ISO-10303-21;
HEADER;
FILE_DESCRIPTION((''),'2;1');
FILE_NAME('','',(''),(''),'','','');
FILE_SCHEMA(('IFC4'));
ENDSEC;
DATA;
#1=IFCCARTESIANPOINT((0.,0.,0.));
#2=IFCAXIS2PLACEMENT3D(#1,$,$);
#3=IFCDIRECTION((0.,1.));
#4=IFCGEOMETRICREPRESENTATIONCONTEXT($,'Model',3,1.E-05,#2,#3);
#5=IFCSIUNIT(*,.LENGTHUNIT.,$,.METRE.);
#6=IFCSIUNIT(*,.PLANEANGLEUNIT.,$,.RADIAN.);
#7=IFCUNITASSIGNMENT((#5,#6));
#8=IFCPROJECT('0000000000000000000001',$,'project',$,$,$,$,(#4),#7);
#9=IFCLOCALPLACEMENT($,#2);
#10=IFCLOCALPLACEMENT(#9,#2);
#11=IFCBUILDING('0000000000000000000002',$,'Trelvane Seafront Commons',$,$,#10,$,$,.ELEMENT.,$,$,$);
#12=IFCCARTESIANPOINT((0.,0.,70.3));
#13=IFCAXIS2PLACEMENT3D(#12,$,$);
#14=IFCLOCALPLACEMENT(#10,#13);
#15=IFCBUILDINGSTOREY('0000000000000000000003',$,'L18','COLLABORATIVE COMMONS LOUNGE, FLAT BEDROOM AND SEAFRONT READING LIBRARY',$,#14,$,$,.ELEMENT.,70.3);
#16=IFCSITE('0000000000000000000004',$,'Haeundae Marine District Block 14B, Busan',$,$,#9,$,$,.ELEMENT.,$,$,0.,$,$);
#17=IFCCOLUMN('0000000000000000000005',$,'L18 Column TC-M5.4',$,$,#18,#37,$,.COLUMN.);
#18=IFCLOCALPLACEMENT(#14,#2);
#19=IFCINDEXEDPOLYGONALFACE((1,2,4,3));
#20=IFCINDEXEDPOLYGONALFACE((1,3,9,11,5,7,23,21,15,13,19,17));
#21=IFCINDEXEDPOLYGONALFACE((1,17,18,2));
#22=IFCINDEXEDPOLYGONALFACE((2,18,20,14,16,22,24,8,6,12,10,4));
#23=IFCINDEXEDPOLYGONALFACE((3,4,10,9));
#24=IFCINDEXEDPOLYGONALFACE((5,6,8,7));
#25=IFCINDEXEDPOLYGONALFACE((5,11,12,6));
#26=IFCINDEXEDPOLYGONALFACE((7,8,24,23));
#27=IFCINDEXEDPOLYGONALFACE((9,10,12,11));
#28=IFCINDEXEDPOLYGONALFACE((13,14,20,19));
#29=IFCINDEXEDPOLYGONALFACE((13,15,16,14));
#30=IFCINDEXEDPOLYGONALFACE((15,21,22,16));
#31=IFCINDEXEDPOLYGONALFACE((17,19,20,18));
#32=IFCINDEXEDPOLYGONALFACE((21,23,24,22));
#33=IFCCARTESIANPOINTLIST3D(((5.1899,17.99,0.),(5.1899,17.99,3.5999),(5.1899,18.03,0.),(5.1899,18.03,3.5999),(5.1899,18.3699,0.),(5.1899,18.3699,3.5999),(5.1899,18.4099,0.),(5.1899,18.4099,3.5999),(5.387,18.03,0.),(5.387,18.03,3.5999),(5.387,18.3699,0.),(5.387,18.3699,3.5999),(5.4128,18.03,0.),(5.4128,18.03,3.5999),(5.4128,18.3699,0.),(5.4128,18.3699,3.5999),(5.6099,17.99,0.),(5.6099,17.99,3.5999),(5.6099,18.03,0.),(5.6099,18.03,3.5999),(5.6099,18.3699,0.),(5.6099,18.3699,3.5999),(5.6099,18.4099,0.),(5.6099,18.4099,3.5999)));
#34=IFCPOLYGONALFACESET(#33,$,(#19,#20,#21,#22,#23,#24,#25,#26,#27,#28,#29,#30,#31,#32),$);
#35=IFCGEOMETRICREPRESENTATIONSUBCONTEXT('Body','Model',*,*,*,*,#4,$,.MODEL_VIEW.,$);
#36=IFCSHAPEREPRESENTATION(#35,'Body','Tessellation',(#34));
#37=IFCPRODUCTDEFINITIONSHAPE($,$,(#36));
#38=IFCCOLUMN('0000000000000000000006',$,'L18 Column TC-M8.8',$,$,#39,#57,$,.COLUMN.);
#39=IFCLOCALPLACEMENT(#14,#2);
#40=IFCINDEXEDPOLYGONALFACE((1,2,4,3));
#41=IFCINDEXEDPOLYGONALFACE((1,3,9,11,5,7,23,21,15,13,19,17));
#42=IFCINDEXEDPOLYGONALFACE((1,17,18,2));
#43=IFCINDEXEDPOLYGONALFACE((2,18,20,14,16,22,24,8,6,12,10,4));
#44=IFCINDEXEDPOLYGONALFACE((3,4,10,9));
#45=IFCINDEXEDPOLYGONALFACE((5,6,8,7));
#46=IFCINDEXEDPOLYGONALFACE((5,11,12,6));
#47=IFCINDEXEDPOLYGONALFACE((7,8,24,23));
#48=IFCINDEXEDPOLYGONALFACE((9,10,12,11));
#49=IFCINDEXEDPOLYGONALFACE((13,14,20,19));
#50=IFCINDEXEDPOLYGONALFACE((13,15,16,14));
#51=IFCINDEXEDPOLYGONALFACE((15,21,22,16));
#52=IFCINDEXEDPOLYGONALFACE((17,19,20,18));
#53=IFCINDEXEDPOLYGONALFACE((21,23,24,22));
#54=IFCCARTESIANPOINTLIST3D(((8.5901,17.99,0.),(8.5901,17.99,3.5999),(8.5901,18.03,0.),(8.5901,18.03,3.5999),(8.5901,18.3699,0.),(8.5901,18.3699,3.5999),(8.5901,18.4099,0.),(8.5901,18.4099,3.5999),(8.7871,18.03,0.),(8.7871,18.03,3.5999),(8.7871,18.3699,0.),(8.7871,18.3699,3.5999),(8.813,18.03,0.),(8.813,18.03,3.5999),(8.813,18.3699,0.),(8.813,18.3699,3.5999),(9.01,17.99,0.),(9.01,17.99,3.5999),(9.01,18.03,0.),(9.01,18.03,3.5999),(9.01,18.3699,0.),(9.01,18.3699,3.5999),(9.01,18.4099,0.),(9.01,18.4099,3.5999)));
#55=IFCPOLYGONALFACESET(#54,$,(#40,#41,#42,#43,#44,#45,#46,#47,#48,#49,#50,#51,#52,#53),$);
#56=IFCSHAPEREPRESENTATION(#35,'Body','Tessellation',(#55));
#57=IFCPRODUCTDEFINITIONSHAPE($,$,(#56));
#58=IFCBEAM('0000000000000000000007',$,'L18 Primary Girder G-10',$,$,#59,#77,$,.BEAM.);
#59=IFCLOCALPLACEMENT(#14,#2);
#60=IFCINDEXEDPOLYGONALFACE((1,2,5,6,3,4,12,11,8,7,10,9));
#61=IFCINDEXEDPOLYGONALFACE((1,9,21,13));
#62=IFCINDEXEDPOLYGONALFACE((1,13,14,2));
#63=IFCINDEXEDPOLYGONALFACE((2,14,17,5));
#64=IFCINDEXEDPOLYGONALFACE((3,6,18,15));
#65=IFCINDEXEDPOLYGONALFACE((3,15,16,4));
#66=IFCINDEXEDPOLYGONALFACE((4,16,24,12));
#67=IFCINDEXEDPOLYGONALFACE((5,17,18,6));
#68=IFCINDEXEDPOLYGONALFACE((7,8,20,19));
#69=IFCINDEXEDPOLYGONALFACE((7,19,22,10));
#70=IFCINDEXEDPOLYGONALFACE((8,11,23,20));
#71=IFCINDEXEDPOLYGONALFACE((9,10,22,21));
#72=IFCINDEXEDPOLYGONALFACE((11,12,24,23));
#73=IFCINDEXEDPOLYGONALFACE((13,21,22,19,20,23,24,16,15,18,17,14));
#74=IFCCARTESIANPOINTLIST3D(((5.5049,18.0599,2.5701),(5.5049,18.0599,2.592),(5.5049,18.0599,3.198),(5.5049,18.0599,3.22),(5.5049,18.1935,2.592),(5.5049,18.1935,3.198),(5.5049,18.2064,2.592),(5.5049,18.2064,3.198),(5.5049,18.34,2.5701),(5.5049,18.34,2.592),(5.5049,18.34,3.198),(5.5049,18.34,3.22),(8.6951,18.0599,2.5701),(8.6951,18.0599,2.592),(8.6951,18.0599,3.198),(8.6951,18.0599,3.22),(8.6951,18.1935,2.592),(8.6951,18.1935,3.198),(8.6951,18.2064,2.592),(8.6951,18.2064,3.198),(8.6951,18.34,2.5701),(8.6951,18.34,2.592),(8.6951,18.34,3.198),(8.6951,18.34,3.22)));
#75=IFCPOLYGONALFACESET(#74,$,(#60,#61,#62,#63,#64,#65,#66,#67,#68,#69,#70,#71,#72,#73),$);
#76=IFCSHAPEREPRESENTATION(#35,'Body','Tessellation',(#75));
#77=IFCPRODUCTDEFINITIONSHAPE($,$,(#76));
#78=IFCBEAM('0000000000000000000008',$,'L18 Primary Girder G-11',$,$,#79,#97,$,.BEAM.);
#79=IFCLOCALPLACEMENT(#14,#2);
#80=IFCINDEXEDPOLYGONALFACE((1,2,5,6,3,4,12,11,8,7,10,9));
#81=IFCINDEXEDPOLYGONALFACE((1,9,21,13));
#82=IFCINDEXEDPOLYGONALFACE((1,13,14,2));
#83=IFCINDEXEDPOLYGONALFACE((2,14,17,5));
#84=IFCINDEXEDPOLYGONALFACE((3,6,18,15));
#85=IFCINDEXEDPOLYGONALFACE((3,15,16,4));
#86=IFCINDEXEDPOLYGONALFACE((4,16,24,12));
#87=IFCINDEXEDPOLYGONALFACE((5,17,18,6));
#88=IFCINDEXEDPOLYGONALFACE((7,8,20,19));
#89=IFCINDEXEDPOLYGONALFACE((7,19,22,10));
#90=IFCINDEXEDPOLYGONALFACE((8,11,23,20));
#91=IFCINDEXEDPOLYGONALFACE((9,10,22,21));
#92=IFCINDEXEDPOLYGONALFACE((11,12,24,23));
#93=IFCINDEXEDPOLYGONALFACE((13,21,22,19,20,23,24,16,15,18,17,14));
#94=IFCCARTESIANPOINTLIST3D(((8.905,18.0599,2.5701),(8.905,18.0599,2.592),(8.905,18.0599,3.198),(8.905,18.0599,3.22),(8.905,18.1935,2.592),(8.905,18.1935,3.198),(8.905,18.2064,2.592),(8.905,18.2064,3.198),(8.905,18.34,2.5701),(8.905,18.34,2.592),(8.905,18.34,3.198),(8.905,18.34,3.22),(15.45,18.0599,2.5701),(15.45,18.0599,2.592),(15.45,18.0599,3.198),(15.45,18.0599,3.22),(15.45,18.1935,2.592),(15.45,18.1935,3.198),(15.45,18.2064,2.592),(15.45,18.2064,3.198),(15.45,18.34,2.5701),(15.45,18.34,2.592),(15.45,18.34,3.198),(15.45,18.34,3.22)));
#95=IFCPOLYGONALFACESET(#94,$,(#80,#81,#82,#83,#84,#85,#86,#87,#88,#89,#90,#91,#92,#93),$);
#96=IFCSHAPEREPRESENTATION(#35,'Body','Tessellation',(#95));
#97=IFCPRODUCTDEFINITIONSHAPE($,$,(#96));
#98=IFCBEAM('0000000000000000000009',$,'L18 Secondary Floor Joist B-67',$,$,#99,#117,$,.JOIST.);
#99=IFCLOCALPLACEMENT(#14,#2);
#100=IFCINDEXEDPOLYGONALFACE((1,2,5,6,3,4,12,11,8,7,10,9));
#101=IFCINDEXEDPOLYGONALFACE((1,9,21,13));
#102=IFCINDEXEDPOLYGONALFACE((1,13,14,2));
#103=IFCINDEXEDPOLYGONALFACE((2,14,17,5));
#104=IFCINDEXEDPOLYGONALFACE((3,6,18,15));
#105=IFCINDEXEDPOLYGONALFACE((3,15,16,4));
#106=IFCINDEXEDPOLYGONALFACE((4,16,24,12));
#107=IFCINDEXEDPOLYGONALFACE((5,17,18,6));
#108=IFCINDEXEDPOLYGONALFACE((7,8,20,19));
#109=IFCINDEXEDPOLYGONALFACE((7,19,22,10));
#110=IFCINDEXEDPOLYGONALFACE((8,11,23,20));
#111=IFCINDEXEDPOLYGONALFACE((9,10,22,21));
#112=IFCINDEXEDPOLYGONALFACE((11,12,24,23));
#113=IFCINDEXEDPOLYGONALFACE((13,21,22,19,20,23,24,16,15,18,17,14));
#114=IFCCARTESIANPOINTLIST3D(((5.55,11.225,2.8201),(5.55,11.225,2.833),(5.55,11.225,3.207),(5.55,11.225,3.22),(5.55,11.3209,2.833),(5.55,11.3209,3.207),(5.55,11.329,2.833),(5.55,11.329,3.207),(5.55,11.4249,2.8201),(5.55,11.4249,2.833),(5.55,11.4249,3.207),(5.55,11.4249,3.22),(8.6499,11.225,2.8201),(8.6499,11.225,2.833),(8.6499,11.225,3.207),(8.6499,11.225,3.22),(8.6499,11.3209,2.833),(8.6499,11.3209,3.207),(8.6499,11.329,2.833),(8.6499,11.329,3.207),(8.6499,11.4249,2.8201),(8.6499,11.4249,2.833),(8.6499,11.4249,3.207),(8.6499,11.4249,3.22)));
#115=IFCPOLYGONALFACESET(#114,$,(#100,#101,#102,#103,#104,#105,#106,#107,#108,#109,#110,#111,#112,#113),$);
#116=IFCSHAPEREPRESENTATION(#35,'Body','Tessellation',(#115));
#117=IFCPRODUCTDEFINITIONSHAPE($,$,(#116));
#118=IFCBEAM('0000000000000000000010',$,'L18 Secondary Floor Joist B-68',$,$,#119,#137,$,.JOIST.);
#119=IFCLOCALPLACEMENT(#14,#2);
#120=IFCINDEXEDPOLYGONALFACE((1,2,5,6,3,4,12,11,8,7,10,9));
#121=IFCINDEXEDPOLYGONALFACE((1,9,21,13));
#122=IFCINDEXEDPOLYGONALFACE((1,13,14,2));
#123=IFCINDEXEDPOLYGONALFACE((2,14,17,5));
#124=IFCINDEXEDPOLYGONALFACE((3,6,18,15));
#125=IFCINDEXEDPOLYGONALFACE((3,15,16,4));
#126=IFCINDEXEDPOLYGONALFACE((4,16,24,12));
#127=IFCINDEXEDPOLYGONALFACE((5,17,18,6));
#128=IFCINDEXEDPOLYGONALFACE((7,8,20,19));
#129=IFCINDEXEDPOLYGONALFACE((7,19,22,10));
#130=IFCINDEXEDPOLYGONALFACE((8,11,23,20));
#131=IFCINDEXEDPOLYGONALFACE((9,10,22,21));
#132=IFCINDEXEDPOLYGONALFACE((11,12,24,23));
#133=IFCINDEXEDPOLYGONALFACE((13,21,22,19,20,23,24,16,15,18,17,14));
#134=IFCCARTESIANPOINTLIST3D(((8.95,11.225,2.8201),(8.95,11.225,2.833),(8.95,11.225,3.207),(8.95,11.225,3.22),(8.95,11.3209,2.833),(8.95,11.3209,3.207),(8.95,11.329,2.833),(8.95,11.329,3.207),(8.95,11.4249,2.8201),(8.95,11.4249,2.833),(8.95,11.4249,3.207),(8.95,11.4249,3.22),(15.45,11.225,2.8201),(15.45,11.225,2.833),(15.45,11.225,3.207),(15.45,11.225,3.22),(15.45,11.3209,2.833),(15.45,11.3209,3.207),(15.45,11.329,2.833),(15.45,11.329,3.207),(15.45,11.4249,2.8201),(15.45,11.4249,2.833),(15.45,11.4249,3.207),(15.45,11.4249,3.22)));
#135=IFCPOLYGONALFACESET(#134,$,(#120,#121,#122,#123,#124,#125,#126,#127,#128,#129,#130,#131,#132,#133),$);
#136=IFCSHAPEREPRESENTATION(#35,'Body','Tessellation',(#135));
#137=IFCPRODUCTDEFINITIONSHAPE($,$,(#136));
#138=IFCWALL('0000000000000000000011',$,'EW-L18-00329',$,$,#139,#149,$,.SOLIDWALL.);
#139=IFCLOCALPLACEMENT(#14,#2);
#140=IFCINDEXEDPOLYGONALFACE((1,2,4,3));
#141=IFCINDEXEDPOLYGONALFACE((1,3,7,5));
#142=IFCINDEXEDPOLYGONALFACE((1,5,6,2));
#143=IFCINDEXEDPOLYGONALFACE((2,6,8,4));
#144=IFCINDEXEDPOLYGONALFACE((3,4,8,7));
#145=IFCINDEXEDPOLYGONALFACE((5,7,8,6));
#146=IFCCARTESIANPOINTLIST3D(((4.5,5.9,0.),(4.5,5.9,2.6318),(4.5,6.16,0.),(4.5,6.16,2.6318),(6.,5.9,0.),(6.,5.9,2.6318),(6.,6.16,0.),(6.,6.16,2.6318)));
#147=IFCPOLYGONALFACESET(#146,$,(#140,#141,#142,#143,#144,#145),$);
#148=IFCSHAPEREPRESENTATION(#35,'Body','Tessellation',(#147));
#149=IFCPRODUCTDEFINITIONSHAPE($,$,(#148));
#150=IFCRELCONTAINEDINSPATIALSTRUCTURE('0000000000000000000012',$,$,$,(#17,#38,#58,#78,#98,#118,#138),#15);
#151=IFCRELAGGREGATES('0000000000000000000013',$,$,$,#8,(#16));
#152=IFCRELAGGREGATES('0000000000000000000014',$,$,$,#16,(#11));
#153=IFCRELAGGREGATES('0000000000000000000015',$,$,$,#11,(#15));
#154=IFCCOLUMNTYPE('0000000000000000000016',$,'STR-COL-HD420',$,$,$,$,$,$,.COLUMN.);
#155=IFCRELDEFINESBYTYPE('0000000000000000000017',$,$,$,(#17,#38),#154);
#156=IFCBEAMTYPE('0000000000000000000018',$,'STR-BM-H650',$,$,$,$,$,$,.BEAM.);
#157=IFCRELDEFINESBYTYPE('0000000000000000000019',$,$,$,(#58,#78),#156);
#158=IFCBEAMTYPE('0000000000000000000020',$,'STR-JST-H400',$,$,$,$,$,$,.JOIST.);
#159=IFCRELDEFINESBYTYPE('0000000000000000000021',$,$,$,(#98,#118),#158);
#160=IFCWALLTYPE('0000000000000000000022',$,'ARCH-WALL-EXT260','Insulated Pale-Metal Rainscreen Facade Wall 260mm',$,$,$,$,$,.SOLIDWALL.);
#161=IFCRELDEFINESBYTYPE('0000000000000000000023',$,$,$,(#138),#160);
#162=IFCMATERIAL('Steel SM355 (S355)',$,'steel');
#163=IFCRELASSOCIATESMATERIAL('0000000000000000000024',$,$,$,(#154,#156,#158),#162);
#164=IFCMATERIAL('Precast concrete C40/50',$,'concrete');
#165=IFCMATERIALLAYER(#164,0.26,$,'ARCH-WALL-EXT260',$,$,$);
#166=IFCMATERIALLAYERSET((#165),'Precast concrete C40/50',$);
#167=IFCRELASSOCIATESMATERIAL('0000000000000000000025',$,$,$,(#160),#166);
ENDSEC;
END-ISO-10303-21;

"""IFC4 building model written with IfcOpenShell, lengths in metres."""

from ifc_helpers import new_model, si_unit, direction, frame, frame_2d, origin, origin_2d, place, context, subcontext, project, spatial, rectangle, i_section, extrude, source, transform, mapped, material, layer, layer_set, material_profile, profile_set, type_object, element, save


model = new_model("IFC4")

# Units and contexts
model_context = context("Model", 3, precision=1e-05, world=origin(), true_north=direction((0.0, 1.0)))
body_context = subcontext(model_context, "Body", "Model", "MODEL_VIEW")
ifc_project = project(units=[si_unit("LENGTHUNIT", "METRE"), si_unit("PLANEANGLEUNIT", "RADIAN")], contexts=[model_context])

# Site, building, storey
site_placement = place(None, origin())
site = spatial("IfcSite", under=ifc_project, at=site_placement, Name="Haeundae Marine District Block 14B, Busan", CompositionType="ELEMENT", RefElevation=0.0)
building_placement = place(site_placement, origin())
building = spatial("IfcBuilding", under=site, at=building_placement, Name="Trelvane Seafront Commons", CompositionType="ELEMENT")
storey_placement = place(building_placement, frame((0.0, 0.0, 70.3)))
storey = spatial("IfcBuildingStorey", under=building, at=storey_placement, Name="L18", Description="COLLABORATIVE COMMONS LOUNGE, FLAT BEDROOM AND SEAFRONT READING LIBRARY", CompositionType="ELEMENT", Elevation=70.3)

# Columns
ifc_material_1 = material(Name="Steel SM355 (S355)", Category="steel")
ifc_material_profile_1 = material_profile(ifc_material_1, i_section(OverallWidth=0.4199, OverallDepth=0.4199, WebThickness=0.0259, FlangeThickness=0.04, at=origin_2d()), Name="HD-420x420x26x40")
ifc_profile_set_1 = profile_set([ifc_material_profile_1], Name="Steel SM355 (S355)")
column_type = type_object("IfcColumnType", Name="STR-COL-HD420", PredefinedType="COLUMN", material=ifc_profile_set_1)
shared_shape_1 = source(origin(), body_context, "Body", "SweptSolid", [
    extrude(i_section(OverallWidth=0.4199, OverallDepth=0.4199, WebThickness=0.0259, FlangeThickness=0.04, at=origin_2d()), origin(), (0.0, 0.0, 1.0), 3.5999),
])
for number, where, z_axis, x_axis, name in (
    (1, (5.3999, 18.2, 0.0), (0.0, 0.0, 1.0), (1.0, 0.0, 0.0), "L18 Column TC-M5.4"),
    (2, (8.8, 18.2, 0.0), (0.0, 0.0, 1.0), (1.0, 0.0, 0.0), "L18 Column TC-M8.8"),
):
    element("IfcColumn", number, at=place(storey_placement, frame(where, z_axis=z_axis, x_axis=x_axis)), inside=storey, type_object=column_type, Name=name, PredefinedType="COLUMN", context=body_context, shape_type="MappedRepresentation", body=[
        mapped(shared_shape_1, transform((0.0, 0.0, 0.0), x_axis=(1.0, 0.0, 0.0), y_axis=(0.0, 1.0, 0.0), z_axis=(0.0, 0.0, 1.0), scale=1.0)),
    ])

# Beams
ifc_material_profile_2 = material_profile(ifc_material_1, i_section(OverallWidth=0.28, OverallDepth=0.6499, WebThickness=0.0129, FlangeThickness=0.022, at=origin_2d()), Name="H-650x280x13x22")
ifc_profile_set_2 = profile_set([ifc_material_profile_2], Name="Steel SM355 (S355)")
beam_type_1 = type_object("IfcBeamType", Name="STR-BM-H650", PredefinedType="BEAM", material=ifc_profile_set_2)
shared_shape_2 = source(origin(), body_context, "Body", "SweptSolid", [
    extrude(i_section(OverallWidth=0.28, OverallDepth=0.6499, WebThickness=0.0129, FlangeThickness=0.022, at=origin_2d()), origin(), (0.0, 0.0, 1.0), 3.1902),
])
beam_1_placement = place(storey_placement, frame((5.5049, 18.2, 2.895), z_axis=(1.0, 0.0, 0.0), x_axis=(0.0, 1.0, 0.0)))
element("IfcBeam", 3, at=beam_1_placement, inside=storey, type_object=beam_type_1, Name="L18 Primary Girder G-10", PredefinedType="BEAM", context=body_context, shape_type="MappedRepresentation", body=[
    mapped(shared_shape_2, transform((0.0, 0.0, 0.0), x_axis=(1.0, 0.0, 0.0), y_axis=(0.0, 1.0, 0.0), z_axis=(0.0, 0.0, 1.0), scale=1.0)),
])
shared_shape_3 = source(origin(), body_context, "Body", "SweptSolid", [
    extrude(i_section(OverallWidth=0.28, OverallDepth=0.6499, WebThickness=0.0129, FlangeThickness=0.022, at=origin_2d()), origin(), (0.0, 0.0, 1.0), 6.5449),
])
beam_2_placement = place(storey_placement, frame((8.905, 18.2, 2.895), z_axis=(1.0, 0.0, 0.0), x_axis=(0.0, 1.0, 0.0)))
element("IfcBeam", 4, at=beam_2_placement, inside=storey, type_object=beam_type_1, Name="L18 Primary Girder G-11", PredefinedType="BEAM", context=body_context, shape_type="MappedRepresentation", body=[
    mapped(shared_shape_3, transform((0.0, 0.0, 0.0), x_axis=(1.0, 0.0, 0.0), y_axis=(0.0, 1.0, 0.0), z_axis=(0.0, 0.0, 1.0), scale=1.0)),
])
ifc_material_profile_3 = material_profile(ifc_material_1, i_section(OverallWidth=0.2, OverallDepth=0.3999, WebThickness=0.0081, FlangeThickness=0.0129, at=origin_2d()), Name="H-400x200x8x13")
ifc_profile_set_3 = profile_set([ifc_material_profile_3], Name="Steel SM355 (S355)")
beam_type_2 = type_object("IfcBeamType", Name="STR-JST-H400", PredefinedType="JOIST", material=ifc_profile_set_3)
shared_shape_4 = source(origin(), body_context, "Body", "SweptSolid", [
    extrude(i_section(OverallWidth=0.2, OverallDepth=0.3999, WebThickness=0.0081, FlangeThickness=0.0129, at=origin_2d()), origin(), (0.0, 0.0, 1.0), 3.0999),
])
beam_3_placement = place(storey_placement, frame((5.55, 11.325, 3.02), z_axis=(1.0, 0.0, 0.0), x_axis=(0.0, 1.0, 0.0)))
element("IfcBeam", 5, at=beam_3_placement, inside=storey, type_object=beam_type_2, Name="L18 Secondary Floor Joist B-67", PredefinedType="JOIST", context=body_context, shape_type="MappedRepresentation", body=[
    mapped(shared_shape_4, transform((0.0, 0.0, 0.0), x_axis=(1.0, 0.0, 0.0), y_axis=(0.0, 1.0, 0.0), z_axis=(0.0, 0.0, 1.0), scale=1.0)),
])
shared_shape_5 = source(origin(), body_context, "Body", "SweptSolid", [
    extrude(i_section(OverallWidth=0.2, OverallDepth=0.3999, WebThickness=0.0081, FlangeThickness=0.0129, at=origin_2d()), origin(), (0.0, 0.0, 1.0), 6.5),
])
beam_4_placement = place(storey_placement, frame((8.95, 11.325, 3.02), z_axis=(1.0, 0.0, 0.0), x_axis=(0.0, 1.0, 0.0)))
element("IfcBeam", 6, at=beam_4_placement, inside=storey, type_object=beam_type_2, Name="L18 Secondary Floor Joist B-68", PredefinedType="JOIST", context=body_context, shape_type="MappedRepresentation", body=[
    mapped(shared_shape_5, transform((0.0, 0.0, 0.0), x_axis=(1.0, 0.0, 0.0), y_axis=(0.0, 1.0, 0.0), z_axis=(0.0, 0.0, 1.0), scale=1.0)),
])

# Wall
ifc_material_2 = material(Name="Precast concrete C40/50", Category="concrete")
ifc_layer_1 = layer(ifc_material_2, 0.26, Name="ARCH-WALL-EXT260")
ifc_layer_set_1 = layer_set([ifc_layer_1], Name="Precast concrete C40/50")
wall_type_1 = type_object("IfcWallType", Name="ARCH-WALL-EXT260", Description="Insulated Pale-Metal Rainscreen Facade Wall 260mm", PredefinedType="SOLIDWALL", material=ifc_layer_set_1)
wall_1_placement = place(storey_placement, frame((6.0, 6.03, 0.0), z_axis=(0.0, 0.0, 1.0), x_axis=(-1.0, 0.0, 0.0)))
element("IfcWall", 7, at=wall_1_placement, inside=storey, type_object=wall_type_1, Name="EW-L18-00329", PredefinedType="SOLIDWALL", context=body_context, shape_type="SweptSolid", body=[
    extrude(rectangle(XDim=1.5, YDim=0.26, at=frame_2d((0.75, 0.0))), origin(), (0.0, 0.0, 1.0), 2.6318),
])

save(model, "model.ifc")
